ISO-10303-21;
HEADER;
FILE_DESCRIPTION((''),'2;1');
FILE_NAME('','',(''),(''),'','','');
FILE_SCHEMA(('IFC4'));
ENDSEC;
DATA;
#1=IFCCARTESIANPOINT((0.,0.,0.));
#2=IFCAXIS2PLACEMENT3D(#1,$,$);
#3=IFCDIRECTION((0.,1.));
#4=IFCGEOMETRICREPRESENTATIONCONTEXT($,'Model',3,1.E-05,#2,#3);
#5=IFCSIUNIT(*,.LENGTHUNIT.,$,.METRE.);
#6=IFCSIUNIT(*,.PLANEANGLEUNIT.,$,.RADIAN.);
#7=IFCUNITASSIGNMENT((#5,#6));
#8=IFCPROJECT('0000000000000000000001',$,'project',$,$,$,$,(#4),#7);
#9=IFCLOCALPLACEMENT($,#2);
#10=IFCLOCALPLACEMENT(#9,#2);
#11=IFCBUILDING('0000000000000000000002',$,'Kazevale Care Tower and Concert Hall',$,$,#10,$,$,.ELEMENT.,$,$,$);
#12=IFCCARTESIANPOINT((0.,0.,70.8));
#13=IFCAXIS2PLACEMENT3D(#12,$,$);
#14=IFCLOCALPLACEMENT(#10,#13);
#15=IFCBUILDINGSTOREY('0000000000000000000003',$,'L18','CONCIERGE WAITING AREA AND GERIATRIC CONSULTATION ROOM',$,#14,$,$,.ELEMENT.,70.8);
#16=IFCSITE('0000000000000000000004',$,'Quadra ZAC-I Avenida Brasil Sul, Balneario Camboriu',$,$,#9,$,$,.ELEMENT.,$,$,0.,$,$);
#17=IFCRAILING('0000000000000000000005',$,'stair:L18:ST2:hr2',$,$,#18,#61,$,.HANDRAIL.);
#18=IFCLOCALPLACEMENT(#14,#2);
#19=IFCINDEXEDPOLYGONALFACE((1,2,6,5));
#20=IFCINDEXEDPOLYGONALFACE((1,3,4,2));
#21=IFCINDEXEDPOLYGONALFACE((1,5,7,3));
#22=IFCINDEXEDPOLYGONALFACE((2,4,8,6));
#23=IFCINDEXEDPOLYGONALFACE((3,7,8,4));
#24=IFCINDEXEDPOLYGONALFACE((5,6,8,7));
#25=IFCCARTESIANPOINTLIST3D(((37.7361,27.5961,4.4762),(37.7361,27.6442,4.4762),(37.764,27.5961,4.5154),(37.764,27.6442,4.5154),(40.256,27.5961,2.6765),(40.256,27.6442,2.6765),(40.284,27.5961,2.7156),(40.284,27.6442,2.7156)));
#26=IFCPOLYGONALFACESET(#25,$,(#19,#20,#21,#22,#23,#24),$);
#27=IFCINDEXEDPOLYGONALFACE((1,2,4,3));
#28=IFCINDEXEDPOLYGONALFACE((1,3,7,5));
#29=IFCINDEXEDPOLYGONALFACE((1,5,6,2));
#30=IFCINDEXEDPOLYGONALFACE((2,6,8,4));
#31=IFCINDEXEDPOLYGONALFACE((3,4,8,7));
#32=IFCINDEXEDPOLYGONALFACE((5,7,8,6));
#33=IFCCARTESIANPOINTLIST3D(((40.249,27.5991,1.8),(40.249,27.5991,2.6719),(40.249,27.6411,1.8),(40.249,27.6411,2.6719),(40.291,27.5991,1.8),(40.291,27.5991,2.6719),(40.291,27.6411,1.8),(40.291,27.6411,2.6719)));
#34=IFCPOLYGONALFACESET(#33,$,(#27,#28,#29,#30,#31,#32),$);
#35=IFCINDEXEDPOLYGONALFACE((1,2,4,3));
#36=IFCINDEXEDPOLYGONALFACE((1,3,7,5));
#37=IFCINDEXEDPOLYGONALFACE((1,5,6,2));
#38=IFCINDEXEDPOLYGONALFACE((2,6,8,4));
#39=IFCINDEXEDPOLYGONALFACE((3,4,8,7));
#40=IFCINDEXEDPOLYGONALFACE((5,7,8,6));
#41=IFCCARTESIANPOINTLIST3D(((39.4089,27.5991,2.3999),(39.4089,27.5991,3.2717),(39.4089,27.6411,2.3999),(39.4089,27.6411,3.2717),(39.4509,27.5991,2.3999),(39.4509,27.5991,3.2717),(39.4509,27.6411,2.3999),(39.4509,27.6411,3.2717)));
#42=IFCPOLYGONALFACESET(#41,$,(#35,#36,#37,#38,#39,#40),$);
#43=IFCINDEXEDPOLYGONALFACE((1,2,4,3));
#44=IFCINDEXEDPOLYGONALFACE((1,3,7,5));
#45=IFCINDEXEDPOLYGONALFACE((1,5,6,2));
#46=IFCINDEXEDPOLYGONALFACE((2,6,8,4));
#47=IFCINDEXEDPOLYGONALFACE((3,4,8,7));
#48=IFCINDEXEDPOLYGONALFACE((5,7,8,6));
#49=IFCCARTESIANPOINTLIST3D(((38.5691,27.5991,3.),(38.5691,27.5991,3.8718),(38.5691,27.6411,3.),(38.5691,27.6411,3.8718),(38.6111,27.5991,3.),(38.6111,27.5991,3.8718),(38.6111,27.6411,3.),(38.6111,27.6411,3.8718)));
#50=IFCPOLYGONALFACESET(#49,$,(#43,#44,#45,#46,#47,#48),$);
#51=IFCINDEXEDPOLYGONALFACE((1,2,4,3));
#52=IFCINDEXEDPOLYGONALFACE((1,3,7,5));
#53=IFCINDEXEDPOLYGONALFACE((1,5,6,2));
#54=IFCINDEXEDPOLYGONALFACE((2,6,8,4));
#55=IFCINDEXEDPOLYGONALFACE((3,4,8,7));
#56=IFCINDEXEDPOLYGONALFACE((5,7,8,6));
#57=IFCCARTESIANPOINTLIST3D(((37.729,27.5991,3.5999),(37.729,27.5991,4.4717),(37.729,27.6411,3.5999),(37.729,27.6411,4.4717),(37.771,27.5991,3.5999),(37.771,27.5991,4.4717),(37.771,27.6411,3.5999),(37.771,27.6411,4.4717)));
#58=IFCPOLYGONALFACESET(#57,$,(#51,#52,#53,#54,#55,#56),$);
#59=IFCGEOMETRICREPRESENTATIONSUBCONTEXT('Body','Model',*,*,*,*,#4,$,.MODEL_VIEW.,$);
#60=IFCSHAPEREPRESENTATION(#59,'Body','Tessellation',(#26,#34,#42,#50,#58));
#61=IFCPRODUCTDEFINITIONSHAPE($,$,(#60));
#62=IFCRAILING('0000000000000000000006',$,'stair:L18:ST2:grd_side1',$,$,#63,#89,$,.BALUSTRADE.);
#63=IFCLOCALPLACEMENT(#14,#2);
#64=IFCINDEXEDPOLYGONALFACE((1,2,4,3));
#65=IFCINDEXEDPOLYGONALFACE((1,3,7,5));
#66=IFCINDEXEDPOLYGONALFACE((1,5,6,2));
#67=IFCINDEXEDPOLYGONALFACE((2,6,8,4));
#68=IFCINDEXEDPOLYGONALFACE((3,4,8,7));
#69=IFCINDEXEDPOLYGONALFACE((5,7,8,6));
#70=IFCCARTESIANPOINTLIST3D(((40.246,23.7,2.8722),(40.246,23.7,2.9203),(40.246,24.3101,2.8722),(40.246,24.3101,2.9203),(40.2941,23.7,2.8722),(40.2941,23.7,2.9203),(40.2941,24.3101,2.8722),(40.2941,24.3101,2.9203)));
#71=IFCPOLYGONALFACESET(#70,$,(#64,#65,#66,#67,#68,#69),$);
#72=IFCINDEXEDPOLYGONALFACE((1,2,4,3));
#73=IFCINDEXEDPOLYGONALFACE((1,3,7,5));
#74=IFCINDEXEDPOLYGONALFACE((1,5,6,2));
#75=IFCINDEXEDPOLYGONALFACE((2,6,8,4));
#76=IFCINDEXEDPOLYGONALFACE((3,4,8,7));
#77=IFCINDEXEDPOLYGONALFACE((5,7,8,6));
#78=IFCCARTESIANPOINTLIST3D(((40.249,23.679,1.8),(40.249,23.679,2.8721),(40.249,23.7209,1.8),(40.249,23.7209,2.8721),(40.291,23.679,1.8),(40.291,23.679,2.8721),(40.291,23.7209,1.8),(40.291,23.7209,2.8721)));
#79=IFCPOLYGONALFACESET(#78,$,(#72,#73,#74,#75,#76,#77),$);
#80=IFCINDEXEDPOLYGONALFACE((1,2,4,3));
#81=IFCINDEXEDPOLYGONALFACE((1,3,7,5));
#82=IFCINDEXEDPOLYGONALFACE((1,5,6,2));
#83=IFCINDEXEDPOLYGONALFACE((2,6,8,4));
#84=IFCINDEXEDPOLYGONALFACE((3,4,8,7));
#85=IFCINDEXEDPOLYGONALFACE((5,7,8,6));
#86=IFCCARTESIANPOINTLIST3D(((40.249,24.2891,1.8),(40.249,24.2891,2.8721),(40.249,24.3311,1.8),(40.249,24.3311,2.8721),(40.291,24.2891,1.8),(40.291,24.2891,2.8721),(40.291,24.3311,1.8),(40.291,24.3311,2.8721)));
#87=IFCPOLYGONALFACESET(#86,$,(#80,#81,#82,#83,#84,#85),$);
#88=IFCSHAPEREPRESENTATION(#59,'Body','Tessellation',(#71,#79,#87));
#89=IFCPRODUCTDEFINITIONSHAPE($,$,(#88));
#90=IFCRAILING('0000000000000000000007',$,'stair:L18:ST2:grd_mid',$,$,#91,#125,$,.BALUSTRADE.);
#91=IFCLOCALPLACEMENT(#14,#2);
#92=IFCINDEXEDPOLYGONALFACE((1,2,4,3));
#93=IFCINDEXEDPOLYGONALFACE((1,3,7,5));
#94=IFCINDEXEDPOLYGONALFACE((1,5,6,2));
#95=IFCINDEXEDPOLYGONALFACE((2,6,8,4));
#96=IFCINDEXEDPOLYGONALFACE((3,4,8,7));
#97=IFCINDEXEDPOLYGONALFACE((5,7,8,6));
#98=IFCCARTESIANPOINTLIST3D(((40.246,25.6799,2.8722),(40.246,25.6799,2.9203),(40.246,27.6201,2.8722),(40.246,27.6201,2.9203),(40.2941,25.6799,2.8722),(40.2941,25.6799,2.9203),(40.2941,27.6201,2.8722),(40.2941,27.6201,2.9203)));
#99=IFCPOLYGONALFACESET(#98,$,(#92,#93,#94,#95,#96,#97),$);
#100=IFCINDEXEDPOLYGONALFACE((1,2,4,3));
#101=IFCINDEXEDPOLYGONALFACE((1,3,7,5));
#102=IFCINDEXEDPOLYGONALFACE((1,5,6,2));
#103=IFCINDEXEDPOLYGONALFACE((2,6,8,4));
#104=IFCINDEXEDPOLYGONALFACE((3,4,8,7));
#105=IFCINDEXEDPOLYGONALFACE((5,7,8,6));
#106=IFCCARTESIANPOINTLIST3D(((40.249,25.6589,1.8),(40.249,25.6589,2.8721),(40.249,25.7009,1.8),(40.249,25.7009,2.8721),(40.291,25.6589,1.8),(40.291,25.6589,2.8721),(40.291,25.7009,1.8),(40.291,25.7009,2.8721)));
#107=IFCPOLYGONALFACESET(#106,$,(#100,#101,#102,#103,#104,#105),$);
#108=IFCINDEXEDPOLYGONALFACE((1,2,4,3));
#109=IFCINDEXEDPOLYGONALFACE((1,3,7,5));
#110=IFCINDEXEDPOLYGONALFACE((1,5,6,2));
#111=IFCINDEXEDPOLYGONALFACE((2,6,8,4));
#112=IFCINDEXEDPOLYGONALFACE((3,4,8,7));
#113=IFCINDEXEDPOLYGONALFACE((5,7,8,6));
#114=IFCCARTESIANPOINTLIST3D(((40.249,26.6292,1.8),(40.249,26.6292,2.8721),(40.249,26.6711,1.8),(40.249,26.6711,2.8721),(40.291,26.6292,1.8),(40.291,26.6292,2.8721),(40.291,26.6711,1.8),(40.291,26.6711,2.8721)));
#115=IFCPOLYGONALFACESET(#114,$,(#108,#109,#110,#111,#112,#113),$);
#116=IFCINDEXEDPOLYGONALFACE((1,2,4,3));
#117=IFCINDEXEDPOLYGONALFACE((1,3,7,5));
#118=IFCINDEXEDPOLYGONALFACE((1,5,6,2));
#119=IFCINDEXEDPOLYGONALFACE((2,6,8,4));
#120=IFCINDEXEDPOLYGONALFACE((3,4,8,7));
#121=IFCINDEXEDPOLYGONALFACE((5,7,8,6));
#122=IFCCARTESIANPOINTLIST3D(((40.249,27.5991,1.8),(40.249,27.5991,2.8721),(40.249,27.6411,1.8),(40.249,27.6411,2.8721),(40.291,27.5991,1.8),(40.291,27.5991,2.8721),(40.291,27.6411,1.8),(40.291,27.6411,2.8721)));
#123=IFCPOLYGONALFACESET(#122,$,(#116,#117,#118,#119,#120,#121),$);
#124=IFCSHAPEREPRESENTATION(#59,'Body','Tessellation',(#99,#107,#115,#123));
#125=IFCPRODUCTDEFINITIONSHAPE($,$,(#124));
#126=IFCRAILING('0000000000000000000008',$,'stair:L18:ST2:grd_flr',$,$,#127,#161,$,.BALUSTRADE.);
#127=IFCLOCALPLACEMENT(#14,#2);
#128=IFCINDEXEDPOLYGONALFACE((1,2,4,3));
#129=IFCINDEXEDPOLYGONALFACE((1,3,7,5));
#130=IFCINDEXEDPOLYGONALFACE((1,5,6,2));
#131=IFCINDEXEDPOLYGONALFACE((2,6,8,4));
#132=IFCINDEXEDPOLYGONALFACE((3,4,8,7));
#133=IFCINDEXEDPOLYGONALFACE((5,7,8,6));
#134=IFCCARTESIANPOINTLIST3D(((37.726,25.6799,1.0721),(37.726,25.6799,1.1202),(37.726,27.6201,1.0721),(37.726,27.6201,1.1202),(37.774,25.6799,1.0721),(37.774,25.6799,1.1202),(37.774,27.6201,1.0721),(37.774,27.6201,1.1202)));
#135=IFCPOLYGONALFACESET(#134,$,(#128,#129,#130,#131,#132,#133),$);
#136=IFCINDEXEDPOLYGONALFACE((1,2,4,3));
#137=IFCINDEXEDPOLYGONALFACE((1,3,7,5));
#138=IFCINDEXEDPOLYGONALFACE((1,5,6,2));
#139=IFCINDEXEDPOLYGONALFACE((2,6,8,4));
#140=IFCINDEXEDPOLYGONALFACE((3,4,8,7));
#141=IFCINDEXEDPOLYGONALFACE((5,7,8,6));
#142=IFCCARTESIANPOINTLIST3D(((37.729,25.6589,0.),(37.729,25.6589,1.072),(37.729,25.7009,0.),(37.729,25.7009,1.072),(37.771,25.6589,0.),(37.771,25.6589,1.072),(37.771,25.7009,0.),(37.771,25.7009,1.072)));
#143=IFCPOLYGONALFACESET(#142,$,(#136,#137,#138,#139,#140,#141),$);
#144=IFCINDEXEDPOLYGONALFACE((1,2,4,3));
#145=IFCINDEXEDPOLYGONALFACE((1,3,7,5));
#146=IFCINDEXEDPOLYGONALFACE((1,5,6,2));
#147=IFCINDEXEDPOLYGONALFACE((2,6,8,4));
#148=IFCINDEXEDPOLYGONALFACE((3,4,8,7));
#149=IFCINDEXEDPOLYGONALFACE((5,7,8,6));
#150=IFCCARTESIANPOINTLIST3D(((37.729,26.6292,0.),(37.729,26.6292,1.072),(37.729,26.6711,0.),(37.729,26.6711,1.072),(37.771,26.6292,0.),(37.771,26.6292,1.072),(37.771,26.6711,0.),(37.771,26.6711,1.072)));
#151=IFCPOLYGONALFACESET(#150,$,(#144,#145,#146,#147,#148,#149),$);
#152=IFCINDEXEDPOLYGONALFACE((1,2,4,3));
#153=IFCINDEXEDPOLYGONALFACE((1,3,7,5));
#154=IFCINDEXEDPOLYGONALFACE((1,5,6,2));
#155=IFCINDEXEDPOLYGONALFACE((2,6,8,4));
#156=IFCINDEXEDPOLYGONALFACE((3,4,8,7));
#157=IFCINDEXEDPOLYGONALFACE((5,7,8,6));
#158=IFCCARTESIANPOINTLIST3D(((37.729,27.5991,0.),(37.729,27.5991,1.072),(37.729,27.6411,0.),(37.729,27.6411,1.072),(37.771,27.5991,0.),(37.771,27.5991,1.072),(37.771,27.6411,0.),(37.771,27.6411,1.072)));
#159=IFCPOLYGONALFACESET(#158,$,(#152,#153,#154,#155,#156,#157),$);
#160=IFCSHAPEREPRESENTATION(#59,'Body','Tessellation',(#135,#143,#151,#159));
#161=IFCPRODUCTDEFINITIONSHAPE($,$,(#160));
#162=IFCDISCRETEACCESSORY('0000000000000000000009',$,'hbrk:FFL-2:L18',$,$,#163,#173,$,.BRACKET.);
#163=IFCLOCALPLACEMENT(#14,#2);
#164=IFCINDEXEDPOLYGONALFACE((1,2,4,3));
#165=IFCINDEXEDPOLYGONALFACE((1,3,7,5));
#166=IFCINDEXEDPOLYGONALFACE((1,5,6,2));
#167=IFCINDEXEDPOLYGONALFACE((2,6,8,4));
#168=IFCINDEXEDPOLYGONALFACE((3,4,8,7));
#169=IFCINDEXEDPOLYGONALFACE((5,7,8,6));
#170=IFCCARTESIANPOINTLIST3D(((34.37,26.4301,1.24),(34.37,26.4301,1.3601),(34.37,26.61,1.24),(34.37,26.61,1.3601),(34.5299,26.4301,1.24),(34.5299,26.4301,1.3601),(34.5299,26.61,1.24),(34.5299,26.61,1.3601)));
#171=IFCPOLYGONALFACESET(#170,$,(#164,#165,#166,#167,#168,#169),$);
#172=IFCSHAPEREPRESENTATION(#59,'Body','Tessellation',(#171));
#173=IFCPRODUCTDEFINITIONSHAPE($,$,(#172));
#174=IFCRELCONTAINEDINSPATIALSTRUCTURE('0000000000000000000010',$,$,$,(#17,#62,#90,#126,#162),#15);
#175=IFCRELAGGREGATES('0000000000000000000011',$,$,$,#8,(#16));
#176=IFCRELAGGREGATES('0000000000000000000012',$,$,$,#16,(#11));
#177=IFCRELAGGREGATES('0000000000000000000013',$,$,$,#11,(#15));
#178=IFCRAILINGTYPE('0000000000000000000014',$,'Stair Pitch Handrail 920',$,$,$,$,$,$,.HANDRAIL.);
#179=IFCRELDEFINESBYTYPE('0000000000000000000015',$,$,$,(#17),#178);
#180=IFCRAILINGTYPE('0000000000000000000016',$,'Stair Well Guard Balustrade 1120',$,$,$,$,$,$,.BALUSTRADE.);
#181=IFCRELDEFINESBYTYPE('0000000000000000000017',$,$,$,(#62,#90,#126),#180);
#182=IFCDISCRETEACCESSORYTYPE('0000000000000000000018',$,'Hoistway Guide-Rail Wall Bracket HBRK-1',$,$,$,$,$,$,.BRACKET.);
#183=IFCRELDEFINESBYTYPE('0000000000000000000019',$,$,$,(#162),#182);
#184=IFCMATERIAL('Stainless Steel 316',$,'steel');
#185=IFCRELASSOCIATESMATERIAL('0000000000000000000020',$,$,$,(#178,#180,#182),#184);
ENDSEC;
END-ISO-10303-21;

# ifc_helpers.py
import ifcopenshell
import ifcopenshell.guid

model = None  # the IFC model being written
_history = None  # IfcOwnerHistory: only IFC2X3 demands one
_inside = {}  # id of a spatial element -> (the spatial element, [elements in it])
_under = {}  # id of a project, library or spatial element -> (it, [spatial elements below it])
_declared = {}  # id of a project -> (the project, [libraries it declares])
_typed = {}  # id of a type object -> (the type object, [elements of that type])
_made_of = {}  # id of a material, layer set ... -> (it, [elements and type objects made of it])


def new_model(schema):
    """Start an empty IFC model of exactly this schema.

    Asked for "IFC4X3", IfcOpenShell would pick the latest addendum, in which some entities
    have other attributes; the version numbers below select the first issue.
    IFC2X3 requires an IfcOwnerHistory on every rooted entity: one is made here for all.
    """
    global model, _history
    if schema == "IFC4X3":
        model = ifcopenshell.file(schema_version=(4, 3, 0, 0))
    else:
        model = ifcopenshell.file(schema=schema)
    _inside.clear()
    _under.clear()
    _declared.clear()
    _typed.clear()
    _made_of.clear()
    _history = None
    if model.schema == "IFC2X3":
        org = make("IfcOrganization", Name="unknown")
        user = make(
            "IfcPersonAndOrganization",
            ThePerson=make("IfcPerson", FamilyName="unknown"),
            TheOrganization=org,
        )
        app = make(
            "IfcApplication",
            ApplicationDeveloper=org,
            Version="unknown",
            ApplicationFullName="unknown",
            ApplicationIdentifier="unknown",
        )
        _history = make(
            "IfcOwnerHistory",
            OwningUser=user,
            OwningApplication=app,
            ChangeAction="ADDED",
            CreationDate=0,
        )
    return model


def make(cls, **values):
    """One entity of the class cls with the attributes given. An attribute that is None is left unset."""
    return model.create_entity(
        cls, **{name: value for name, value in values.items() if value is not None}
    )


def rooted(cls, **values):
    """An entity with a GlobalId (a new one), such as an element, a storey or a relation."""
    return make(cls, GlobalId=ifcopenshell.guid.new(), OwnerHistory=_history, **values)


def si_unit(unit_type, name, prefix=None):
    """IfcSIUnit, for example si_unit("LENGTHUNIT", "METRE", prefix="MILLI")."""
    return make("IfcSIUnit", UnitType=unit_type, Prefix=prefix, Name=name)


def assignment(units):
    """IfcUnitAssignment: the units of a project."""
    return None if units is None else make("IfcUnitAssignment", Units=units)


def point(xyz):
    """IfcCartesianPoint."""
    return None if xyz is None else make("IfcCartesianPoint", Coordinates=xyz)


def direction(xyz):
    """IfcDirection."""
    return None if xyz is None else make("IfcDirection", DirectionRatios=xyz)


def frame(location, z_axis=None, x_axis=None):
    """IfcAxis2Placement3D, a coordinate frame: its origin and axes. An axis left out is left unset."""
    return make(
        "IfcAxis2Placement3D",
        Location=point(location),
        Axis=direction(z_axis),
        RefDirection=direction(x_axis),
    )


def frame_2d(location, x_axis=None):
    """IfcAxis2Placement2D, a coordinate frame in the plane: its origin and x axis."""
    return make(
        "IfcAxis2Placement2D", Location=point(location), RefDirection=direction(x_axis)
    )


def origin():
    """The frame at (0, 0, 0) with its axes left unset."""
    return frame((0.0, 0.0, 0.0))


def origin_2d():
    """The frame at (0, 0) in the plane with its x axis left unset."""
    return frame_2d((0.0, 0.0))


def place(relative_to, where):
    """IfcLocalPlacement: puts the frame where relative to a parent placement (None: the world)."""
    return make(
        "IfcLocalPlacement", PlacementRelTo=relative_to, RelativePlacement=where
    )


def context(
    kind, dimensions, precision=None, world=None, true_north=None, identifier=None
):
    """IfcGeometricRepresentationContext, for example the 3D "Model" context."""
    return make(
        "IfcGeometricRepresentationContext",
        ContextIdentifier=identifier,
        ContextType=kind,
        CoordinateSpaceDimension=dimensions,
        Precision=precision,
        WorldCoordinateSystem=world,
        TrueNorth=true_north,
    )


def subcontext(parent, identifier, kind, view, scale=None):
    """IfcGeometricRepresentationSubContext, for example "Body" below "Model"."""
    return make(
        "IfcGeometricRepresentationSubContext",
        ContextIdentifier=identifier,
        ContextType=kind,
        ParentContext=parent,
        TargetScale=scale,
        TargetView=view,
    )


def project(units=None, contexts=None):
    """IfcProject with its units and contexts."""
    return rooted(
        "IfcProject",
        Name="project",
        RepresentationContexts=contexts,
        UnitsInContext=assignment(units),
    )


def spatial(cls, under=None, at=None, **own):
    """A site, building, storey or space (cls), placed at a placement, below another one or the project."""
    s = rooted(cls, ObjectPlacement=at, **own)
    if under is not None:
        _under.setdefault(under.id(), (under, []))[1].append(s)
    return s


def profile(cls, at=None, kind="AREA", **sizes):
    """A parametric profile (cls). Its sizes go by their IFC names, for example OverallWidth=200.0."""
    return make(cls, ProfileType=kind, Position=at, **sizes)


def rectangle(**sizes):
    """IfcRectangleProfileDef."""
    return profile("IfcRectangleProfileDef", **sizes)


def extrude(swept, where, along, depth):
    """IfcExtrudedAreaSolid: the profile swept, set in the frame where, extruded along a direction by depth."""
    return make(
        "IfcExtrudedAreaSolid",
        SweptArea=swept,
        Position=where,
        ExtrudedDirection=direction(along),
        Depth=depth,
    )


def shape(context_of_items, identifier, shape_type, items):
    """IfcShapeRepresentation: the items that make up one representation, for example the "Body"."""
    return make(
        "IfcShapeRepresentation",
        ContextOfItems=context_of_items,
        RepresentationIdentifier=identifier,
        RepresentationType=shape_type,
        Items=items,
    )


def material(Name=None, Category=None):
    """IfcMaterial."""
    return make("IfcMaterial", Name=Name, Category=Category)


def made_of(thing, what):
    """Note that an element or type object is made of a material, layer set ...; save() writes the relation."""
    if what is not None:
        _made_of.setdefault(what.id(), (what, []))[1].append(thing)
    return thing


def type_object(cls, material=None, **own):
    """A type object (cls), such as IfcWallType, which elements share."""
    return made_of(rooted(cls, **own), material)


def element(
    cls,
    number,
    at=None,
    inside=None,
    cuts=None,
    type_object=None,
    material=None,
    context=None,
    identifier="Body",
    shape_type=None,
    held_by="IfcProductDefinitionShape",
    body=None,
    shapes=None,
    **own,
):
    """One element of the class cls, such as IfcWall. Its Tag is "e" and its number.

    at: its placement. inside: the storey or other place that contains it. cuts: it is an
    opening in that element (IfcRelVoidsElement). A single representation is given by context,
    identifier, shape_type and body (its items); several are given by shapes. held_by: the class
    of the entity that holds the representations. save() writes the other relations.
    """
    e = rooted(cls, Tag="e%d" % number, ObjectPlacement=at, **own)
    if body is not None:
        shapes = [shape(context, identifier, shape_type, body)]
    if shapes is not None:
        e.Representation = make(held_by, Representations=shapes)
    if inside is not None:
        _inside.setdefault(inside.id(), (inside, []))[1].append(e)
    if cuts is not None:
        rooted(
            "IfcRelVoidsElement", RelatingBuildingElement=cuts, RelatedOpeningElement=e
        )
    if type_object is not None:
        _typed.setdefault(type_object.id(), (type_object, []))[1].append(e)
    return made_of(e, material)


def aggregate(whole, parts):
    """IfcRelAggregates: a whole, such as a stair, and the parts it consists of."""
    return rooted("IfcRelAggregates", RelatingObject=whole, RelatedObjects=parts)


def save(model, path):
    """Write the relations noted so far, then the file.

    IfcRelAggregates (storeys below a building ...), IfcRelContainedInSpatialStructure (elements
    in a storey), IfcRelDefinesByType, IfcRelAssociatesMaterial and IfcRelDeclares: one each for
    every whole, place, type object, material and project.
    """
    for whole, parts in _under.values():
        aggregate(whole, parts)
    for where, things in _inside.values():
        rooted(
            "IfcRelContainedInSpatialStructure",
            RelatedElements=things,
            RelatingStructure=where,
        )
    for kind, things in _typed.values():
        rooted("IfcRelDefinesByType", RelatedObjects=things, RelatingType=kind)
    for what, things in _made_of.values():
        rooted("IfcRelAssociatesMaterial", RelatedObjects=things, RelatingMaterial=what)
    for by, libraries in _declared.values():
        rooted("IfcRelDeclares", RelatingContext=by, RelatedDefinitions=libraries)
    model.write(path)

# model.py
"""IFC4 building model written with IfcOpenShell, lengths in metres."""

from ifc_helpers import new_model, si_unit, direction, frame, origin, origin_2d, place, context, subcontext, project, spatial, rectangle, extrude, material, type_object, element, save


model = new_model("IFC4")

# Units and contexts
model_context = context("Model", 3, precision=1e-05, world=origin(), true_north=direction((0.0, 1.0)))
body_context = subcontext(model_context, "Body", "Model", "MODEL_VIEW")
ifc_project = project(units=[si_unit("LENGTHUNIT", "METRE"), si_unit("PLANEANGLEUNIT", "RADIAN")], contexts=[model_context])

# Site, building, storey
site_placement = place(None, origin())
site = spatial("IfcSite", under=ifc_project, at=site_placement, Name="Quadra ZAC-I Avenida Brasil Sul, Balneario Camboriu", CompositionType="ELEMENT", RefElevation=0.0)
building_placement = place(site_placement, origin())
building = spatial("IfcBuilding", under=site, at=building_placement, Name="Kazevale Care Tower and Concert Hall", CompositionType="ELEMENT")
storey_placement = place(building_placement, frame((0.0, 0.0, 70.8)))
storey = spatial("IfcBuildingStorey", under=building, at=storey_placement, Name="L18", Description="CONCIERGE WAITING AREA AND GERIATRIC CONSULTATION ROOM", CompositionType="ELEMENT", Elevation=70.8)

# Railings
ifc_material_1 = material(Name="Stainless Steel 316", Category="steel")
railing_type_1 = type_object("IfcRailingType", Name="Stair Pitch Handrail 920", PredefinedType="HANDRAIL", material=ifc_material_1)
railing_1_placement = place(storey_placement, frame((40.27, 27.6201, 1.8)))
element("IfcRailing", 1, at=railing_1_placement, inside=storey, type_object=railing_type_1, Name="stair:L18:ST2:hr2", PredefinedType="HANDRAIL", context=body_context, shape_type="SweptSolid", body=[
    extrude(rectangle(XDim=0.0481, YDim=0.0481, at=origin_2d()), frame((0.0, 0.0, 0.896), z_axis=(-0.813765, 0.0, 0.581193), x_axis=(0.0, -1.0, 0.0)), (0.0, 0.0, 1.0), 3.0967),
    extrude(rectangle(XDim=0.042, YDim=0.042, at=origin_2d()), origin(), (0.0, 0.0, 1.0), 0.8718),
    extrude(rectangle(XDim=0.042, YDim=0.042, at=origin_2d()), frame((-0.8401, 0.0, 0.5999)), (0.0, 0.0, 1.0), 0.8718),
    extrude(rectangle(XDim=0.042, YDim=0.042, at=origin_2d()), frame((-1.6799, 0.0, 1.2)), (0.0, 0.0, 1.0), 0.8718),
    extrude(rectangle(XDim=0.042, YDim=0.042, at=origin_2d()), frame((-2.52, 0.0, 1.7998)), (0.0, 0.0, 1.0), 0.8718),
])
railing_type_2 = type_object("IfcRailingType", Name="Stair Well Guard Balustrade 1120", PredefinedType="BALUSTRADE", material=ifc_material_1)
railing_2_placement = place(storey_placement, frame((40.27, 23.7, 1.8)))
element("IfcRailing", 2, at=railing_2_placement, inside=storey, type_object=railing_type_2, Name="stair:L18:ST2:grd_side1", PredefinedType="BALUSTRADE", context=body_context, shape_type="SweptSolid", body=[
    extrude(rectangle(XDim=0.0481, YDim=0.0481, at=origin_2d()), frame((0.0, 0.0, 1.0962), z_axis=(0.0, 1.0, 0.0), x_axis=(-1.0, 0.0, 0.0)), (0.0, 0.0, 1.0), 0.6101),
    extrude(rectangle(XDim=0.042, YDim=0.042, at=origin_2d()), origin(), (0.0, 0.0, 1.0), 1.072),
    extrude(rectangle(XDim=0.042, YDim=0.042, at=origin_2d()), frame((0.0, 0.6101, 0.0)), (0.0, 0.0, 1.0), 1.072),
])
for number, where, name in (
    (3, (40.27, 25.6799, 1.8), "stair:L18:ST2:grd_mid"),
    (4, (37.75, 25.6799, 0.0), "stair:L18:ST2:grd_flr"),
):
    element("IfcRailing", number, at=place(storey_placement, frame(where)), inside=storey, type_object=railing_type_2, Name=name, PredefinedType="BALUSTRADE", context=body_context, shape_type="SweptSolid", body=[
        extrude(rectangle(XDim=0.0481, YDim=0.0481, at=origin_2d()), frame((0.0, 0.0, 1.0962), z_axis=(0.0, 1.0, 0.0), x_axis=(-1.0, 0.0, 0.0)), (0.0, 0.0, 1.0), 1.9402),
        extrude(rectangle(XDim=0.042, YDim=0.042, at=origin_2d()), origin(), (0.0, 0.0, 1.0), 1.072),
        extrude(rectangle(XDim=0.042, YDim=0.042, at=origin_2d()), frame((0.0, 0.9702, 0.0)), (0.0, 0.0, 1.0), 1.072),
        extrude(rectangle(XDim=0.042, YDim=0.042, at=origin_2d()), frame((0.0, 1.9402, 0.0)), (0.0, 0.0, 1.0), 1.072),
    ])

# Discrete accessory
discrete_accessory_type = type_object("IfcDiscreteAccessoryType", Name="Hoistway Guide-Rail Wall Bracket HBRK-1", PredefinedType="BRACKET", material=ifc_material_1)
discrete_accessory_placement = place(storey_placement, frame((34.45, 26.52, 1.24), z_axis=(0.0, 0.0, 1.0), x_axis=(1.0, 0.0, 0.0)))
element("IfcDiscreteAccessory", 5, at=discrete_accessory_placement, inside=storey, type_object=discrete_accessory_type, Name="hbrk:FFL-2:L18", PredefinedType="BRACKET", context=body_context, shape_type="SweptSolid", body=[
    extrude(rectangle(XDim=0.1599, YDim=0.1799, at=origin_2d()), origin(), (0.0, 0.0, 1.0), 0.1201),
])

save(model, "model.ifc")
